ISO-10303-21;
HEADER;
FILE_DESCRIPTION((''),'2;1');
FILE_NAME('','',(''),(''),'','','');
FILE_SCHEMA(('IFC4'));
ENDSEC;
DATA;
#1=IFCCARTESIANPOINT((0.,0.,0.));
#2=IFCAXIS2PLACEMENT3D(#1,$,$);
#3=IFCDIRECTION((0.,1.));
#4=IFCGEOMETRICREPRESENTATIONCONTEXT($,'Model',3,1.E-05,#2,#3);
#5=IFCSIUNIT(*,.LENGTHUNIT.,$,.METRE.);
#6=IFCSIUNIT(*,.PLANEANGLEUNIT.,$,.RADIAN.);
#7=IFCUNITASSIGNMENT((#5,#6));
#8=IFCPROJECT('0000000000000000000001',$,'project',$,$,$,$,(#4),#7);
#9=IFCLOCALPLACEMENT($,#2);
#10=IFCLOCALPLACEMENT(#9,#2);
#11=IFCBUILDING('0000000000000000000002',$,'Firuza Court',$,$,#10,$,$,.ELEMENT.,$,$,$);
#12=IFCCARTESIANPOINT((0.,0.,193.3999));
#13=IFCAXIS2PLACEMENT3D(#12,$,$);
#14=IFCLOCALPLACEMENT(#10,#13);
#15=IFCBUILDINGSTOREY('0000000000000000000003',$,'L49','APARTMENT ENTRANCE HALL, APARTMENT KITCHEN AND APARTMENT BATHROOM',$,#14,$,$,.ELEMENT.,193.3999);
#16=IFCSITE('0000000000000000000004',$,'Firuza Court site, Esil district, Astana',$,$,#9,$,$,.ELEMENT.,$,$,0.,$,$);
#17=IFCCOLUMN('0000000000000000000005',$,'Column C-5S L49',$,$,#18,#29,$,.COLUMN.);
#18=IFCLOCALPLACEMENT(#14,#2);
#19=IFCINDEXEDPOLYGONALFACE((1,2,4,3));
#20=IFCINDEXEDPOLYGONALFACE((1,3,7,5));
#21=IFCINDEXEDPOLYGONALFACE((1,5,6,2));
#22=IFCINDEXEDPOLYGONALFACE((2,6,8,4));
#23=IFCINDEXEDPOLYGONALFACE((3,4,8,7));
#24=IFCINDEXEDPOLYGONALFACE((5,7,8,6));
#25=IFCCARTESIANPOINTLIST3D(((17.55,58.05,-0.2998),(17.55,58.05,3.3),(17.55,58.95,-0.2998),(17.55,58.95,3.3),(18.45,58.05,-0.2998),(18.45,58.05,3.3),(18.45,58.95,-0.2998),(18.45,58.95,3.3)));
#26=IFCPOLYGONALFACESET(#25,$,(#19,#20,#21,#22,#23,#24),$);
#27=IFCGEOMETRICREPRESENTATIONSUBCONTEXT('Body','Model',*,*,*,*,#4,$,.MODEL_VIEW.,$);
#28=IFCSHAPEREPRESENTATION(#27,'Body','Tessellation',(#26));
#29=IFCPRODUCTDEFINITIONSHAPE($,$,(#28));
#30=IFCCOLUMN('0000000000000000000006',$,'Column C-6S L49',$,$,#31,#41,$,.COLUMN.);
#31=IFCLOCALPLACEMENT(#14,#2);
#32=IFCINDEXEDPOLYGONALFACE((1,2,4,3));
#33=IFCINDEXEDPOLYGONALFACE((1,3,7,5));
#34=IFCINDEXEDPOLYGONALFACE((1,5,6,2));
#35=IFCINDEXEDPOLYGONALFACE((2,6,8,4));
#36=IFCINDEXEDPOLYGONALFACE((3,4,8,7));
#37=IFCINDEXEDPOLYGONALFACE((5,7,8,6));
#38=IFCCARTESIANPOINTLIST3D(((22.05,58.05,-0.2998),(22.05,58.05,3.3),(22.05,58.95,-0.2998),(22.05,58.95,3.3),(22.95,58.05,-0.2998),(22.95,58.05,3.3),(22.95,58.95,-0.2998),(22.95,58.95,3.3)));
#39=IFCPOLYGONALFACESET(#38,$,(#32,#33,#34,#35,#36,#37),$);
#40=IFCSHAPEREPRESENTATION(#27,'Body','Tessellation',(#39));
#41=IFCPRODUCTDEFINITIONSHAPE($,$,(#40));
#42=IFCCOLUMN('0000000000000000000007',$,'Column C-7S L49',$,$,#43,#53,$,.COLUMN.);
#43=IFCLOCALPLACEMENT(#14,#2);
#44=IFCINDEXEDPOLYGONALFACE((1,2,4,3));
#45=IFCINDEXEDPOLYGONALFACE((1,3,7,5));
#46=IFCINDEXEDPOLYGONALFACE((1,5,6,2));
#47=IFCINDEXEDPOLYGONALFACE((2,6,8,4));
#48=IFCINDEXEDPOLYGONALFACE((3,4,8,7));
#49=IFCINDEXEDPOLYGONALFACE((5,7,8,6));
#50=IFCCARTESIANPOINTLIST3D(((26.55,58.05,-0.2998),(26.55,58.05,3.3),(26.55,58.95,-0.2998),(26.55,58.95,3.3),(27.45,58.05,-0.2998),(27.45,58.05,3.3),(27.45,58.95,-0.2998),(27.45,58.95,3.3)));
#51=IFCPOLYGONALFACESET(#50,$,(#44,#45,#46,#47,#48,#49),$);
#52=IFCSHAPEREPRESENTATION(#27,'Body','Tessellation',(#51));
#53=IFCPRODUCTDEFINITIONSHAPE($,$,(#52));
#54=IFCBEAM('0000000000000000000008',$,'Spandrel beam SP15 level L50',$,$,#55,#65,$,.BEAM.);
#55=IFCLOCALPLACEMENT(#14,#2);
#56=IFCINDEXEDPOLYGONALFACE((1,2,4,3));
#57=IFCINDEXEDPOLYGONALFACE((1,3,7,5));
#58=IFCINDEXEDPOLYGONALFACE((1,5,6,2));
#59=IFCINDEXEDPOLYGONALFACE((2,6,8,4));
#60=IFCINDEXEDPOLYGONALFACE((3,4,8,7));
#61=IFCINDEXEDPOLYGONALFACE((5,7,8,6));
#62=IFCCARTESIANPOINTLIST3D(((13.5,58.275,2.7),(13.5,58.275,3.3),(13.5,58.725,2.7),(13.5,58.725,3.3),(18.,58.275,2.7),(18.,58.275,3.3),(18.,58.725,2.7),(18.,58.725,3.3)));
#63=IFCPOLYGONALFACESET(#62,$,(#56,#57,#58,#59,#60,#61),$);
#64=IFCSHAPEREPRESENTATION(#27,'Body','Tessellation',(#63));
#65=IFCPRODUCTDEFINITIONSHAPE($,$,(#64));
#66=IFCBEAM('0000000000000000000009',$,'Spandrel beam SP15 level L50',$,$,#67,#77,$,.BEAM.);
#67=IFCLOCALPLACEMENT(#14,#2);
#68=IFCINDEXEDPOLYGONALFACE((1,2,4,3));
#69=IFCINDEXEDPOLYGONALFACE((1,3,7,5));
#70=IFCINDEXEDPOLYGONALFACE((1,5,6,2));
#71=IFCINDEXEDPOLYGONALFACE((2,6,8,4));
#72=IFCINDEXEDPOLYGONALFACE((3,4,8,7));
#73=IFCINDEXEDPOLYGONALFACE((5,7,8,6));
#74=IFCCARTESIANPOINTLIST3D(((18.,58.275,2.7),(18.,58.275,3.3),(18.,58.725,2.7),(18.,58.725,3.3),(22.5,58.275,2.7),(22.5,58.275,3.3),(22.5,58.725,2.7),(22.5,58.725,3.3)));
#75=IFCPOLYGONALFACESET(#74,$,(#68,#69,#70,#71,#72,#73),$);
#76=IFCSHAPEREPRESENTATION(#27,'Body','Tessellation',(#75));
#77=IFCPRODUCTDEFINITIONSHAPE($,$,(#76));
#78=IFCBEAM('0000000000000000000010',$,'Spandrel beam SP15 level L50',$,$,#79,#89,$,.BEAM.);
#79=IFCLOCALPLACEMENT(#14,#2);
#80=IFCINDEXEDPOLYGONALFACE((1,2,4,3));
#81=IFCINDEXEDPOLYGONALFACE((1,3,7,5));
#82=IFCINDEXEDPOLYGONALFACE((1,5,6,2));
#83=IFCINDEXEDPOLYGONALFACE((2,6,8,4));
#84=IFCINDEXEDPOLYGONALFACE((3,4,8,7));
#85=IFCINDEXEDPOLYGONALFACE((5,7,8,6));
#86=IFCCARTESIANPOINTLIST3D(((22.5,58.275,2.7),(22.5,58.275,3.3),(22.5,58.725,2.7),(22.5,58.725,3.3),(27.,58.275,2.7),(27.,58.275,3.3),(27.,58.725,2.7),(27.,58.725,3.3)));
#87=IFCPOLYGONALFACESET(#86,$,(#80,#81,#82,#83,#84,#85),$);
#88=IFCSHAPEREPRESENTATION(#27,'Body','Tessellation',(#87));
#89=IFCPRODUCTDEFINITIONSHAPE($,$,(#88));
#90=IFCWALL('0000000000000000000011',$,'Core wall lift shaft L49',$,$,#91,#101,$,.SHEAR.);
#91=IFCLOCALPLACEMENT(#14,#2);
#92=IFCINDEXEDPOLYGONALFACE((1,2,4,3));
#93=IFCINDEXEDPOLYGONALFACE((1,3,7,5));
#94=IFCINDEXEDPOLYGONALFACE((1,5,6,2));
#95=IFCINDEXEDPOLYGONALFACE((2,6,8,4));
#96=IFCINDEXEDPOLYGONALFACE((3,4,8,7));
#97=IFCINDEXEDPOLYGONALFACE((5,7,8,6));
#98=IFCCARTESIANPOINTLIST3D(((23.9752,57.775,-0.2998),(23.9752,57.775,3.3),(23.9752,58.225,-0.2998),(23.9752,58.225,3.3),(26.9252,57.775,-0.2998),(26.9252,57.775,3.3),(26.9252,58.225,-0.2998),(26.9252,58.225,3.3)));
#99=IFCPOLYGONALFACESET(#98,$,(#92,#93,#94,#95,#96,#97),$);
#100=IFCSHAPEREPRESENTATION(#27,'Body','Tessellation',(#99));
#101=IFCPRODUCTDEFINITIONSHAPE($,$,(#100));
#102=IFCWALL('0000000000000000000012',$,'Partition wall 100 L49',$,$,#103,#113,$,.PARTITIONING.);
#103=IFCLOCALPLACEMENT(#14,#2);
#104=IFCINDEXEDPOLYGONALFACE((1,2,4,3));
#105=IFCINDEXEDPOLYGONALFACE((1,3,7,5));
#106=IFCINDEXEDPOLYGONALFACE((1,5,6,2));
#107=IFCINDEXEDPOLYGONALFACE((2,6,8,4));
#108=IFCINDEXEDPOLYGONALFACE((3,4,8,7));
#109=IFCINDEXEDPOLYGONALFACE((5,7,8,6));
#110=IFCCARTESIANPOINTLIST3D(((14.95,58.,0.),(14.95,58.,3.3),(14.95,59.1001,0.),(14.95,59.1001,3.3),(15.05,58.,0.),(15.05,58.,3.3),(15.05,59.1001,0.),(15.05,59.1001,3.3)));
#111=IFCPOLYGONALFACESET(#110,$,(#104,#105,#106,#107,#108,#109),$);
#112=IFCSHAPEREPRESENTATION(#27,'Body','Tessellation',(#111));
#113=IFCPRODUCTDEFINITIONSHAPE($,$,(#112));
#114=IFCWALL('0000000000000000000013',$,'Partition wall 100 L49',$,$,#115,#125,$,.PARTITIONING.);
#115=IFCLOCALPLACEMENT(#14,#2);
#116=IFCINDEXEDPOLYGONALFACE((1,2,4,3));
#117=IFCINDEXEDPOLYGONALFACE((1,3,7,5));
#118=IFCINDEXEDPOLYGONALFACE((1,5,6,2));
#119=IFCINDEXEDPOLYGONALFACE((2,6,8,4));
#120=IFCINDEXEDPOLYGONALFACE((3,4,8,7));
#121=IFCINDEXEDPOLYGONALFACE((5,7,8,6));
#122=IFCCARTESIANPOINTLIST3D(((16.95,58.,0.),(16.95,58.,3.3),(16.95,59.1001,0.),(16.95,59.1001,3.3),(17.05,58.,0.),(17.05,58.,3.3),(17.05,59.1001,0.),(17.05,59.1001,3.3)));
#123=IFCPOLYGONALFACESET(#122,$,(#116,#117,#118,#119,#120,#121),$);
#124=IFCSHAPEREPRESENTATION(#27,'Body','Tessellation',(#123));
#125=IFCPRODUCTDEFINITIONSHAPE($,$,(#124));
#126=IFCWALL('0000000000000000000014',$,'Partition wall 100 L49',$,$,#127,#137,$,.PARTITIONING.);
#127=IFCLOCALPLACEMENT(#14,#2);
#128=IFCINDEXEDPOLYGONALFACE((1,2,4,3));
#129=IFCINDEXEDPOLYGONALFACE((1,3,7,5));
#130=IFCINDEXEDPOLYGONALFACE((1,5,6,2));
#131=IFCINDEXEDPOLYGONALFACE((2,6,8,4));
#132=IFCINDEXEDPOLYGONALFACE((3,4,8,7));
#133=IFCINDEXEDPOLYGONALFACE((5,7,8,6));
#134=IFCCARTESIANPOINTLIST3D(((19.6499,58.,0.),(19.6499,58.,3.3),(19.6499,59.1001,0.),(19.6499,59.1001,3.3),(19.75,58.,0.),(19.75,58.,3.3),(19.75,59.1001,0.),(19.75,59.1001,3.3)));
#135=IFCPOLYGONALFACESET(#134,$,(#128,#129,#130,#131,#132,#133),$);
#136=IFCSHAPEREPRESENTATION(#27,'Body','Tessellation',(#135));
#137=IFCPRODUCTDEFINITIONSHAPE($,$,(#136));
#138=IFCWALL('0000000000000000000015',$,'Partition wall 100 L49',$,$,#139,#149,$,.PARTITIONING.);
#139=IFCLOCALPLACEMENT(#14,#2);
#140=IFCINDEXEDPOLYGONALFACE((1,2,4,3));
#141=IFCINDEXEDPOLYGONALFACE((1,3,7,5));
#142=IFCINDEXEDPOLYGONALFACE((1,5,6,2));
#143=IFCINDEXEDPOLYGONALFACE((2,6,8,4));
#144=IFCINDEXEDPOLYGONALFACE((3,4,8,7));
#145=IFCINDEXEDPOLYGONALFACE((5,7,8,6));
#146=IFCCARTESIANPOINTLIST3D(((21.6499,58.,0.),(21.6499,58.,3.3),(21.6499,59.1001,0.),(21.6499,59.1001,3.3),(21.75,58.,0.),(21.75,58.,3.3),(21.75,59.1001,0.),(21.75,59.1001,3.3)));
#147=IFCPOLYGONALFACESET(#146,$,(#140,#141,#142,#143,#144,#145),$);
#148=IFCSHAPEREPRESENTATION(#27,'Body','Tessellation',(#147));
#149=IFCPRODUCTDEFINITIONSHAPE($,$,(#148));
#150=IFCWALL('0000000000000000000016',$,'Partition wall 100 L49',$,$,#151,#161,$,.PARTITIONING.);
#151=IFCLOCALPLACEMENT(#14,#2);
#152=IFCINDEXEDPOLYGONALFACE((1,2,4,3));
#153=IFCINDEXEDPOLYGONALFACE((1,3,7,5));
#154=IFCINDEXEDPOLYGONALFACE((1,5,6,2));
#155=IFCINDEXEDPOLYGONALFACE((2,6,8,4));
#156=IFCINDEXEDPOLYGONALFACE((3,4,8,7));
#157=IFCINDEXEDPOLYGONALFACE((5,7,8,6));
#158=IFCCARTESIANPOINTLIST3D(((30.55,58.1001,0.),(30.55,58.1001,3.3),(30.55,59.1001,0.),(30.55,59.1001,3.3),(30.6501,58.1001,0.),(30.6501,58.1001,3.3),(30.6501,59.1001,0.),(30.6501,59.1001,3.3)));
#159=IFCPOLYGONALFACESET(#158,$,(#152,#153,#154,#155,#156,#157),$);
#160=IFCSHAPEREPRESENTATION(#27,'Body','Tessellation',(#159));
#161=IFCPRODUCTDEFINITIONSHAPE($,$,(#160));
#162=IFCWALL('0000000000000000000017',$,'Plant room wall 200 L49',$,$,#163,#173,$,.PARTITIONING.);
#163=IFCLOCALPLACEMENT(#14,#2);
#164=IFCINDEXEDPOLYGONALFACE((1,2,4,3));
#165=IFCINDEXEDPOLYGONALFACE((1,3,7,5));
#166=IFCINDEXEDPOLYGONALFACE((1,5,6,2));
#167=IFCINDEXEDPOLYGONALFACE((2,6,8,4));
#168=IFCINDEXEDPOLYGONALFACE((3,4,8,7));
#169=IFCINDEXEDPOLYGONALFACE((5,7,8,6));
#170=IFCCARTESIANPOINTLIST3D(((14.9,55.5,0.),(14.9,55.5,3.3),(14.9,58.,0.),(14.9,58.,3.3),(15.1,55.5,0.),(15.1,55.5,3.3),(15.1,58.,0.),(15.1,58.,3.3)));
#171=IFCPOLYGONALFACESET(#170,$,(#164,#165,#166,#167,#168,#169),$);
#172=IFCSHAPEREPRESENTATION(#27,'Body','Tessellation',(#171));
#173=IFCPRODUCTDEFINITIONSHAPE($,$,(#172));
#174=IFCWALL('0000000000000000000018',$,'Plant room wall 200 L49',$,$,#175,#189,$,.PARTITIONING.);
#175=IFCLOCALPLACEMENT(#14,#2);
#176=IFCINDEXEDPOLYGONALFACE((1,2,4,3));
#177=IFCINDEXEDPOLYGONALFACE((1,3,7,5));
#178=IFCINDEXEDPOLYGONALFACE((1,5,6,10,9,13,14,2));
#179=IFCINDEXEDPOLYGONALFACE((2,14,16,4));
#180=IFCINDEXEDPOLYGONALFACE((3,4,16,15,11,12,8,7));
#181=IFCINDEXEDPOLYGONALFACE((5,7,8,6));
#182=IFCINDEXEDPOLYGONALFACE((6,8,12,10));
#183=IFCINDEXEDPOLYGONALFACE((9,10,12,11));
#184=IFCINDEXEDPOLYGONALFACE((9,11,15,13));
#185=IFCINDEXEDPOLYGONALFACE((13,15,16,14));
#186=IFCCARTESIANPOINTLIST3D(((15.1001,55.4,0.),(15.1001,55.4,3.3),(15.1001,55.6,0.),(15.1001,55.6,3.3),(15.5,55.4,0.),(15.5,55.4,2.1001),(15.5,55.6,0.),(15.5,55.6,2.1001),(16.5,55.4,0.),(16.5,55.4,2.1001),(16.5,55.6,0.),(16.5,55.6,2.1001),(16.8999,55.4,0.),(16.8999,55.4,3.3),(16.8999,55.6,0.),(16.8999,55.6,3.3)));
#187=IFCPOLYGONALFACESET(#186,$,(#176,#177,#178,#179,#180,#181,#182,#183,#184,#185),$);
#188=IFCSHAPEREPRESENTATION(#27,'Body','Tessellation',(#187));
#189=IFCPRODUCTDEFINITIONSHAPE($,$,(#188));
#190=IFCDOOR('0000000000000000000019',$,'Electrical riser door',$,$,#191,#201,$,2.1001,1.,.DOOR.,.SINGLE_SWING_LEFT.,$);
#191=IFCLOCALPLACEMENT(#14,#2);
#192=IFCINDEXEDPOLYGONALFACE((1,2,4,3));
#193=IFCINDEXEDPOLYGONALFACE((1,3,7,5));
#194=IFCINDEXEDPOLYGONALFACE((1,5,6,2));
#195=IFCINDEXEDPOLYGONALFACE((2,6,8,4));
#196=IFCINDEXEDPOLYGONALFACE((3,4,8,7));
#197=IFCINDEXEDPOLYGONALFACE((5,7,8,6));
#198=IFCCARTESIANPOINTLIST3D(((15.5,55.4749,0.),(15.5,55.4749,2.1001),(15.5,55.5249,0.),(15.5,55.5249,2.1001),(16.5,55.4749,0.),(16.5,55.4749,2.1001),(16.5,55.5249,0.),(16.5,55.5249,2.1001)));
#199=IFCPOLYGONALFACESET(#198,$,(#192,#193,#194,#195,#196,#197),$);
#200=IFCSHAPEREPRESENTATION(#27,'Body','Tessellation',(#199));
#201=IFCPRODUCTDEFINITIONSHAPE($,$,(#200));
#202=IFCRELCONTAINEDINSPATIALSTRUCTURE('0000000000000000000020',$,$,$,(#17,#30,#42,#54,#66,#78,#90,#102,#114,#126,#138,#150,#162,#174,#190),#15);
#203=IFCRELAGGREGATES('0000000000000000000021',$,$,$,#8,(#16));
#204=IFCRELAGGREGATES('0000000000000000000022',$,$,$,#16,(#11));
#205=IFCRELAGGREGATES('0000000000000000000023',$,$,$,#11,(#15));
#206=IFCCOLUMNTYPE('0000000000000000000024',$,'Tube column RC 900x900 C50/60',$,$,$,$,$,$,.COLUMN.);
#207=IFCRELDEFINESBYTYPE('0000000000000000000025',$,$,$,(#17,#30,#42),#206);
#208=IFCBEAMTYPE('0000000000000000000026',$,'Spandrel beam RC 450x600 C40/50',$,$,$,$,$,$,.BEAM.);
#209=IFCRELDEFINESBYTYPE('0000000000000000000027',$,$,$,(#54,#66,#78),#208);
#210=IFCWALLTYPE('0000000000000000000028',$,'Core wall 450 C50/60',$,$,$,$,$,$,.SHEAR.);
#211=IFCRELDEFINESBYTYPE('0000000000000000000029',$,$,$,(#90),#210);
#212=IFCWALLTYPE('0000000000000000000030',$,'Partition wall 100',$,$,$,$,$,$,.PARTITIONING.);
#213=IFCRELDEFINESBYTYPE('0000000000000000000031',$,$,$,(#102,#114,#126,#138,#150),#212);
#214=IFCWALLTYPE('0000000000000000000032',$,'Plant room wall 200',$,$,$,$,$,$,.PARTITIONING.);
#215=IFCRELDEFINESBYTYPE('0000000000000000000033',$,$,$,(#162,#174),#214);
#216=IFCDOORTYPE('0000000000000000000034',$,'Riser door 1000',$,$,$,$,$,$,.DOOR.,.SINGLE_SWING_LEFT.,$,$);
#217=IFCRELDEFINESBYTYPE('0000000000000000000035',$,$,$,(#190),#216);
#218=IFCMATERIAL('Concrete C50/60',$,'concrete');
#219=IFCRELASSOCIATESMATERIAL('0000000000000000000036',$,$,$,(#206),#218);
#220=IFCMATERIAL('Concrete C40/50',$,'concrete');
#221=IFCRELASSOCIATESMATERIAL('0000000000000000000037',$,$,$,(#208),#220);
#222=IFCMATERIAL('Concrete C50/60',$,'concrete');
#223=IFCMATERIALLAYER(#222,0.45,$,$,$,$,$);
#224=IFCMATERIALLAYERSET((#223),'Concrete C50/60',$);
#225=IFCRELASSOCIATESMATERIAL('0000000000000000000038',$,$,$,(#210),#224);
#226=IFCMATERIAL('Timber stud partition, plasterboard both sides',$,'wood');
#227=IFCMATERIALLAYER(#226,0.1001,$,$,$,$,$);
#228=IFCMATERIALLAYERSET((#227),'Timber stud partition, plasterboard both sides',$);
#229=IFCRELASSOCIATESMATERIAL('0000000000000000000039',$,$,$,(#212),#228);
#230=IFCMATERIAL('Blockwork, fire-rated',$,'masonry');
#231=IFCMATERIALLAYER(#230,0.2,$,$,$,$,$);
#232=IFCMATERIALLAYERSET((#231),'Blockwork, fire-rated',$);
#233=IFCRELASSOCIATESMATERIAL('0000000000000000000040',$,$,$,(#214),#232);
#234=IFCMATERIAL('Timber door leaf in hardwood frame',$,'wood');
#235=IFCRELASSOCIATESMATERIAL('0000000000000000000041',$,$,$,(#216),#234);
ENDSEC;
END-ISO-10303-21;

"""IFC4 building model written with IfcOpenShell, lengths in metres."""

from ifc_helpers import new_model, si_unit, direction, frame, frame_2d, origin, origin_2d, place, context, subcontext, project, spatial, rectangle, extrude, material, layer, layer_set, material_profile, profile_set, type_object, element, fill, save


model = new_model("IFC4")

# Units and contexts
model_context = context("Model", 3, precision=1e-05, world=origin(), true_north=direction((0.0, 1.0)))
body_context = subcontext(model_context, "Body", "Model", "MODEL_VIEW")
ifc_project = project(units=[si_unit("LENGTHUNIT", "METRE"), si_unit("PLANEANGLEUNIT", "RADIAN")], contexts=[model_context])

# Site, building, storey
site_placement = place(None, origin())
site = spatial("IfcSite", under=ifc_project, at=site_placement, Name="Firuza Court site, Esil district, Astana", CompositionType="ELEMENT", RefElevation=0.0)
building_placement = place(site_placement, origin())
building = spatial("IfcBuilding", under=site, at=building_placement, Name="Firuza Court", CompositionType="ELEMENT")
storey_placement = place(building_placement, frame((0.0, 0.0, 193.3999)))
storey = spatial("IfcBuildingStorey", under=building, at=storey_placement, Name="L49", Description="APARTMENT ENTRANCE HALL, APARTMENT KITCHEN AND APARTMENT BATHROOM", CompositionType="ELEMENT", Elevation=193.3999)

# Columns
ifc_material_1 = material(Name="Concrete C50/60", Category="concrete")
ifc_material_profile_1 = material_profile(ifc_material_1, rectangle(XDim=0.8999, YDim=0.8999, at=origin_2d()), Name="RC 900x900")
ifc_profile_set_1 = profile_set([ifc_material_profile_1], Name="Concrete C50/60")
column_type = type_object("IfcColumnType", Name="Tube column RC 900x900 C50/60", PredefinedType="COLUMN", material=ifc_profile_set_1)
for number, where, z_axis, x_axis, name in (
    (1, (18.0, 58.5, -0.2998), (0.0, 0.0, 1.0), (1.0, 0.0, 0.0), "Column C-5S L49"),
    (2, (22.5, 58.5, -0.2998), (0.0, 0.0, 1.0), (1.0, 0.0, 0.0), "Column C-6S L49"),
    (3, (27.0, 58.5, -0.2998), (0.0, 0.0, 1.0), (1.0, 0.0, 0.0), "Column C-7S L49"),
):
    element("IfcColumn", number, at=place(storey_placement, frame(where, z_axis=z_axis, x_axis=x_axis)), inside=storey, type_object=column_type, Name=name, PredefinedType="COLUMN", context=body_context, shape_type="SweptSolid", body=[
        extrude(rectangle(XDim=0.8999, YDim=0.8999, at=origin_2d()), origin(), (0.0, 0.0, 1.0), 3.5999),
    ])

# Beams
ifc_material_2 = material(Name="Concrete C40/50", Category="concrete")
ifc_material_profile_2 = material_profile(ifc_material_2, rectangle(XDim=0.45, YDim=0.6001, at=origin_2d()), Name="RC 450x600")
ifc_profile_set_2 = profile_set([ifc_material_profile_2], Name="Concrete C40/50")
beam_type = type_object("IfcBeamType", Name="Spandrel beam RC 450x600 C40/50", PredefinedType="BEAM", material=ifc_profile_set_2)
for number, where, z_axis, x_axis, name in (
    (4, (18.0, 58.5, 3.0), (-1.0, 0.0, 0.0), (0.0, -1.0, 0.0), "Spandrel beam SP15 level L50"),
    (5, (22.5, 58.5, 3.0), (-1.0, 0.0, 0.0), (0.0, -1.0, 0.0), "Spandrel beam SP15 level L50"),
    (6, (27.0, 58.5, 3.0), (-1.0, 0.0, 0.0), (0.0, -1.0, 0.0), "Spandrel beam SP15 level L50"),
):
    element("IfcBeam", number, at=place(storey_placement, frame(where, z_axis=z_axis, x_axis=x_axis)), inside=storey, type_object=beam_type, Name=name, PredefinedType="BEAM", context=body_context, shape_type="SweptSolid", body=[
        extrude(rectangle(XDim=0.45, YDim=0.6001, at=origin_2d()), origin(), (0.0, 0.0, 1.0), 4.5),
    ])

# Walls
ifc_material_3 = material(Name="Concrete C50/60", Category="concrete")
ifc_layer_1 = layer(ifc_material_3, 0.45)
ifc_layer_set_1 = layer_set([ifc_layer_1], Name="Concrete C50/60")
wall_type_1 = type_object("IfcWallType", Name="Core wall 450 C50/60", PredefinedType="SHEAR", material=ifc_layer_set_1)
wall_1_placement = place(storey_placement, frame((23.9751, 58.0, -0.2998), z_axis=(0.0, 0.0, 1.0), x_axis=(1.0, 0.0, 0.0)))
element("IfcWall", 7, at=wall_1_placement, inside=storey, type_object=wall_type_1, Name="Core wall lift shaft L49", PredefinedType="SHEAR", context=body_context, shape_type="SweptSolid", body=[
    extrude(rectangle(XDim=2.95, YDim=0.45, at=frame_2d((1.4751, 0.0))), origin(), (0.0, 0.0, 1.0), 3.5999),
])
ifc_material_4 = material(Name="Timber stud partition, plasterboard both sides", Category="wood")
ifc_layer_2 = layer(ifc_material_4, 0.1001)
ifc_layer_set_2 = layer_set([ifc_layer_2], Name="Timber stud partition, plasterboard both sides")
wall_type_2 = type_object("IfcWallType", Name="Partition wall 100", PredefinedType="PARTITIONING", material=ifc_layer_set_2)
for number, where, z_axis, x_axis, name in (
    (8, (15.0, 58.0, 0.0), (0.0, 0.0, 1.0), (0.0, 1.0, 0.0), "Partition wall 100 L49"),
    (9, (17.0, 58.0, 0.0), (0.0, 0.0, 1.0), (0.0, 1.0, 0.0), "Partition wall 100 L49"),
    (10, (19.7, 58.0, 0.0), (0.0, 0.0, 1.0), (0.0, 1.0, 0.0), "Partition wall 100 L49"),
    (11, (21.7, 58.0, 0.0), (0.0, 0.0, 1.0), (0.0, 1.0, 0.0), "Partition wall 100 L49"),
):
    element("IfcWall", number, at=place(storey_placement, frame(where, z_axis=z_axis, x_axis=x_axis)), inside=storey, type_object=wall_type_2, Name=name, PredefinedType="PARTITIONING", context=body_context, shape_type="SweptSolid", body=[
        extrude(rectangle(XDim=1.1001, YDim=0.1001, at=frame_2d((0.55, 0.0))), origin(), (0.0, 0.0, 1.0), 3.3),
    ])
wall_2_placement = place(storey_placement, frame((30.6001, 58.1001, 0.0), z_axis=(0.0, 0.0, 1.0), x_axis=(0.0, 1.0, 0.0)))
element("IfcWall", 12, at=wall_2_placement, inside=storey, type_object=wall_type_2, Name="Partition wall 100 L49", PredefinedType="PARTITIONING", context=body_context, shape_type="SweptSolid", body=[
    extrude(rectangle(XDim=1.0, YDim=0.1001, at=frame_2d((0.5, 0.0))), origin(), (0.0, 0.0, 1.0), 3.3),
])
ifc_material_5 = material(Name="Blockwork, fire-rated", Category="masonry")
ifc_layer_3 = layer(ifc_material_5, 0.2)
ifc_layer_set_3 = layer_set([ifc_layer_3], Name="Blockwork, fire-rated")
wall_type_3 = type_object("IfcWallType", Name="Plant room wall 200", PredefinedType="PARTITIONING", material=ifc_layer_set_3)
wall_3_placement = place(storey_placement, frame((15.0, 55.5, 0.0), z_axis=(0.0, 0.0, 1.0), x_axis=(0.0, 1.0, 0.0)))
element("IfcWall", 13, at=wall_3_placement, inside=storey, type_object=wall_type_3, Name="Plant room wall 200 L49", PredefinedType="PARTITIONING", context=body_context, shape_type="SweptSolid", body=[
    extrude(rectangle(XDim=2.5, YDim=0.2, at=frame_2d((1.25, 0.0))), origin(), (0.0, 0.0, 1.0), 3.3),
])

# Wall, opening, door
wall_4_placement = place(storey_placement, frame((15.1001, 55.5, 0.0), z_axis=(0.0, 0.0, 1.0), x_axis=(1.0, 0.0, 0.0)))
wall_4 = element("IfcWall", 14, at=wall_4_placement, inside=storey, type_object=wall_type_3, Name="Plant room wall 200 L49", PredefinedType="PARTITIONING", context=body_context, shape_type="SweptSolid", body=[
    extrude(rectangle(XDim=1.7998, YDim=0.2, at=frame_2d((0.8999, 0.0))), origin(), (0.0, 0.0, 1.0), 3.3),
])
opening_1_placement = place(wall_4_placement, frame((0.3999, 0.0, 0.0)))
opening_1 = element("IfcOpeningElement", 15, at=opening_1_placement, cuts=wall_4, PredefinedType="OPENING", context=body_context, shape_type="SweptSolid", body=[
    extrude(rectangle(XDim=1.0, YDim=2.1001, at=frame_2d((0.5, 1.05))), frame((0.0, 0.1118, 0.0), z_axis=(0.0, -1.0, 0.0), x_axis=(1.0, 0.0, 0.0)), (0.0, 0.0, 1.0), 0.2239),
])
ifc_material_6 = material(Name="Timber door leaf in hardwood frame", Category="wood")
door_type = type_object("IfcDoorType", Name="Riser door 1000", OperationType="SINGLE_SWING_LEFT", PredefinedType="DOOR", material=ifc_material_6)
door_1_placement = place(opening_1_placement, origin())
door_1 = element("IfcDoor", 16, at=door_1_placement, inside=storey, type_object=door_type, Name="Electrical riser door", OperationType="SINGLE_SWING_LEFT", OverallHeight=2.1001, OverallWidth=1.0, PredefinedType="DOOR", context=body_context, shape_type="SweptSolid", body=[
    extrude(rectangle(XDim=1.0, YDim=2.1001, at=frame_2d((0.5, 1.05))), frame((0.0, 0.0249, 0.0), z_axis=(0.0, -1.0, 0.0), x_axis=(1.0, 0.0, 0.0)), (0.0, 0.0, 1.0), 0.05),
])
fill(opening_1, door_1)

save(model, "model.ifc")
